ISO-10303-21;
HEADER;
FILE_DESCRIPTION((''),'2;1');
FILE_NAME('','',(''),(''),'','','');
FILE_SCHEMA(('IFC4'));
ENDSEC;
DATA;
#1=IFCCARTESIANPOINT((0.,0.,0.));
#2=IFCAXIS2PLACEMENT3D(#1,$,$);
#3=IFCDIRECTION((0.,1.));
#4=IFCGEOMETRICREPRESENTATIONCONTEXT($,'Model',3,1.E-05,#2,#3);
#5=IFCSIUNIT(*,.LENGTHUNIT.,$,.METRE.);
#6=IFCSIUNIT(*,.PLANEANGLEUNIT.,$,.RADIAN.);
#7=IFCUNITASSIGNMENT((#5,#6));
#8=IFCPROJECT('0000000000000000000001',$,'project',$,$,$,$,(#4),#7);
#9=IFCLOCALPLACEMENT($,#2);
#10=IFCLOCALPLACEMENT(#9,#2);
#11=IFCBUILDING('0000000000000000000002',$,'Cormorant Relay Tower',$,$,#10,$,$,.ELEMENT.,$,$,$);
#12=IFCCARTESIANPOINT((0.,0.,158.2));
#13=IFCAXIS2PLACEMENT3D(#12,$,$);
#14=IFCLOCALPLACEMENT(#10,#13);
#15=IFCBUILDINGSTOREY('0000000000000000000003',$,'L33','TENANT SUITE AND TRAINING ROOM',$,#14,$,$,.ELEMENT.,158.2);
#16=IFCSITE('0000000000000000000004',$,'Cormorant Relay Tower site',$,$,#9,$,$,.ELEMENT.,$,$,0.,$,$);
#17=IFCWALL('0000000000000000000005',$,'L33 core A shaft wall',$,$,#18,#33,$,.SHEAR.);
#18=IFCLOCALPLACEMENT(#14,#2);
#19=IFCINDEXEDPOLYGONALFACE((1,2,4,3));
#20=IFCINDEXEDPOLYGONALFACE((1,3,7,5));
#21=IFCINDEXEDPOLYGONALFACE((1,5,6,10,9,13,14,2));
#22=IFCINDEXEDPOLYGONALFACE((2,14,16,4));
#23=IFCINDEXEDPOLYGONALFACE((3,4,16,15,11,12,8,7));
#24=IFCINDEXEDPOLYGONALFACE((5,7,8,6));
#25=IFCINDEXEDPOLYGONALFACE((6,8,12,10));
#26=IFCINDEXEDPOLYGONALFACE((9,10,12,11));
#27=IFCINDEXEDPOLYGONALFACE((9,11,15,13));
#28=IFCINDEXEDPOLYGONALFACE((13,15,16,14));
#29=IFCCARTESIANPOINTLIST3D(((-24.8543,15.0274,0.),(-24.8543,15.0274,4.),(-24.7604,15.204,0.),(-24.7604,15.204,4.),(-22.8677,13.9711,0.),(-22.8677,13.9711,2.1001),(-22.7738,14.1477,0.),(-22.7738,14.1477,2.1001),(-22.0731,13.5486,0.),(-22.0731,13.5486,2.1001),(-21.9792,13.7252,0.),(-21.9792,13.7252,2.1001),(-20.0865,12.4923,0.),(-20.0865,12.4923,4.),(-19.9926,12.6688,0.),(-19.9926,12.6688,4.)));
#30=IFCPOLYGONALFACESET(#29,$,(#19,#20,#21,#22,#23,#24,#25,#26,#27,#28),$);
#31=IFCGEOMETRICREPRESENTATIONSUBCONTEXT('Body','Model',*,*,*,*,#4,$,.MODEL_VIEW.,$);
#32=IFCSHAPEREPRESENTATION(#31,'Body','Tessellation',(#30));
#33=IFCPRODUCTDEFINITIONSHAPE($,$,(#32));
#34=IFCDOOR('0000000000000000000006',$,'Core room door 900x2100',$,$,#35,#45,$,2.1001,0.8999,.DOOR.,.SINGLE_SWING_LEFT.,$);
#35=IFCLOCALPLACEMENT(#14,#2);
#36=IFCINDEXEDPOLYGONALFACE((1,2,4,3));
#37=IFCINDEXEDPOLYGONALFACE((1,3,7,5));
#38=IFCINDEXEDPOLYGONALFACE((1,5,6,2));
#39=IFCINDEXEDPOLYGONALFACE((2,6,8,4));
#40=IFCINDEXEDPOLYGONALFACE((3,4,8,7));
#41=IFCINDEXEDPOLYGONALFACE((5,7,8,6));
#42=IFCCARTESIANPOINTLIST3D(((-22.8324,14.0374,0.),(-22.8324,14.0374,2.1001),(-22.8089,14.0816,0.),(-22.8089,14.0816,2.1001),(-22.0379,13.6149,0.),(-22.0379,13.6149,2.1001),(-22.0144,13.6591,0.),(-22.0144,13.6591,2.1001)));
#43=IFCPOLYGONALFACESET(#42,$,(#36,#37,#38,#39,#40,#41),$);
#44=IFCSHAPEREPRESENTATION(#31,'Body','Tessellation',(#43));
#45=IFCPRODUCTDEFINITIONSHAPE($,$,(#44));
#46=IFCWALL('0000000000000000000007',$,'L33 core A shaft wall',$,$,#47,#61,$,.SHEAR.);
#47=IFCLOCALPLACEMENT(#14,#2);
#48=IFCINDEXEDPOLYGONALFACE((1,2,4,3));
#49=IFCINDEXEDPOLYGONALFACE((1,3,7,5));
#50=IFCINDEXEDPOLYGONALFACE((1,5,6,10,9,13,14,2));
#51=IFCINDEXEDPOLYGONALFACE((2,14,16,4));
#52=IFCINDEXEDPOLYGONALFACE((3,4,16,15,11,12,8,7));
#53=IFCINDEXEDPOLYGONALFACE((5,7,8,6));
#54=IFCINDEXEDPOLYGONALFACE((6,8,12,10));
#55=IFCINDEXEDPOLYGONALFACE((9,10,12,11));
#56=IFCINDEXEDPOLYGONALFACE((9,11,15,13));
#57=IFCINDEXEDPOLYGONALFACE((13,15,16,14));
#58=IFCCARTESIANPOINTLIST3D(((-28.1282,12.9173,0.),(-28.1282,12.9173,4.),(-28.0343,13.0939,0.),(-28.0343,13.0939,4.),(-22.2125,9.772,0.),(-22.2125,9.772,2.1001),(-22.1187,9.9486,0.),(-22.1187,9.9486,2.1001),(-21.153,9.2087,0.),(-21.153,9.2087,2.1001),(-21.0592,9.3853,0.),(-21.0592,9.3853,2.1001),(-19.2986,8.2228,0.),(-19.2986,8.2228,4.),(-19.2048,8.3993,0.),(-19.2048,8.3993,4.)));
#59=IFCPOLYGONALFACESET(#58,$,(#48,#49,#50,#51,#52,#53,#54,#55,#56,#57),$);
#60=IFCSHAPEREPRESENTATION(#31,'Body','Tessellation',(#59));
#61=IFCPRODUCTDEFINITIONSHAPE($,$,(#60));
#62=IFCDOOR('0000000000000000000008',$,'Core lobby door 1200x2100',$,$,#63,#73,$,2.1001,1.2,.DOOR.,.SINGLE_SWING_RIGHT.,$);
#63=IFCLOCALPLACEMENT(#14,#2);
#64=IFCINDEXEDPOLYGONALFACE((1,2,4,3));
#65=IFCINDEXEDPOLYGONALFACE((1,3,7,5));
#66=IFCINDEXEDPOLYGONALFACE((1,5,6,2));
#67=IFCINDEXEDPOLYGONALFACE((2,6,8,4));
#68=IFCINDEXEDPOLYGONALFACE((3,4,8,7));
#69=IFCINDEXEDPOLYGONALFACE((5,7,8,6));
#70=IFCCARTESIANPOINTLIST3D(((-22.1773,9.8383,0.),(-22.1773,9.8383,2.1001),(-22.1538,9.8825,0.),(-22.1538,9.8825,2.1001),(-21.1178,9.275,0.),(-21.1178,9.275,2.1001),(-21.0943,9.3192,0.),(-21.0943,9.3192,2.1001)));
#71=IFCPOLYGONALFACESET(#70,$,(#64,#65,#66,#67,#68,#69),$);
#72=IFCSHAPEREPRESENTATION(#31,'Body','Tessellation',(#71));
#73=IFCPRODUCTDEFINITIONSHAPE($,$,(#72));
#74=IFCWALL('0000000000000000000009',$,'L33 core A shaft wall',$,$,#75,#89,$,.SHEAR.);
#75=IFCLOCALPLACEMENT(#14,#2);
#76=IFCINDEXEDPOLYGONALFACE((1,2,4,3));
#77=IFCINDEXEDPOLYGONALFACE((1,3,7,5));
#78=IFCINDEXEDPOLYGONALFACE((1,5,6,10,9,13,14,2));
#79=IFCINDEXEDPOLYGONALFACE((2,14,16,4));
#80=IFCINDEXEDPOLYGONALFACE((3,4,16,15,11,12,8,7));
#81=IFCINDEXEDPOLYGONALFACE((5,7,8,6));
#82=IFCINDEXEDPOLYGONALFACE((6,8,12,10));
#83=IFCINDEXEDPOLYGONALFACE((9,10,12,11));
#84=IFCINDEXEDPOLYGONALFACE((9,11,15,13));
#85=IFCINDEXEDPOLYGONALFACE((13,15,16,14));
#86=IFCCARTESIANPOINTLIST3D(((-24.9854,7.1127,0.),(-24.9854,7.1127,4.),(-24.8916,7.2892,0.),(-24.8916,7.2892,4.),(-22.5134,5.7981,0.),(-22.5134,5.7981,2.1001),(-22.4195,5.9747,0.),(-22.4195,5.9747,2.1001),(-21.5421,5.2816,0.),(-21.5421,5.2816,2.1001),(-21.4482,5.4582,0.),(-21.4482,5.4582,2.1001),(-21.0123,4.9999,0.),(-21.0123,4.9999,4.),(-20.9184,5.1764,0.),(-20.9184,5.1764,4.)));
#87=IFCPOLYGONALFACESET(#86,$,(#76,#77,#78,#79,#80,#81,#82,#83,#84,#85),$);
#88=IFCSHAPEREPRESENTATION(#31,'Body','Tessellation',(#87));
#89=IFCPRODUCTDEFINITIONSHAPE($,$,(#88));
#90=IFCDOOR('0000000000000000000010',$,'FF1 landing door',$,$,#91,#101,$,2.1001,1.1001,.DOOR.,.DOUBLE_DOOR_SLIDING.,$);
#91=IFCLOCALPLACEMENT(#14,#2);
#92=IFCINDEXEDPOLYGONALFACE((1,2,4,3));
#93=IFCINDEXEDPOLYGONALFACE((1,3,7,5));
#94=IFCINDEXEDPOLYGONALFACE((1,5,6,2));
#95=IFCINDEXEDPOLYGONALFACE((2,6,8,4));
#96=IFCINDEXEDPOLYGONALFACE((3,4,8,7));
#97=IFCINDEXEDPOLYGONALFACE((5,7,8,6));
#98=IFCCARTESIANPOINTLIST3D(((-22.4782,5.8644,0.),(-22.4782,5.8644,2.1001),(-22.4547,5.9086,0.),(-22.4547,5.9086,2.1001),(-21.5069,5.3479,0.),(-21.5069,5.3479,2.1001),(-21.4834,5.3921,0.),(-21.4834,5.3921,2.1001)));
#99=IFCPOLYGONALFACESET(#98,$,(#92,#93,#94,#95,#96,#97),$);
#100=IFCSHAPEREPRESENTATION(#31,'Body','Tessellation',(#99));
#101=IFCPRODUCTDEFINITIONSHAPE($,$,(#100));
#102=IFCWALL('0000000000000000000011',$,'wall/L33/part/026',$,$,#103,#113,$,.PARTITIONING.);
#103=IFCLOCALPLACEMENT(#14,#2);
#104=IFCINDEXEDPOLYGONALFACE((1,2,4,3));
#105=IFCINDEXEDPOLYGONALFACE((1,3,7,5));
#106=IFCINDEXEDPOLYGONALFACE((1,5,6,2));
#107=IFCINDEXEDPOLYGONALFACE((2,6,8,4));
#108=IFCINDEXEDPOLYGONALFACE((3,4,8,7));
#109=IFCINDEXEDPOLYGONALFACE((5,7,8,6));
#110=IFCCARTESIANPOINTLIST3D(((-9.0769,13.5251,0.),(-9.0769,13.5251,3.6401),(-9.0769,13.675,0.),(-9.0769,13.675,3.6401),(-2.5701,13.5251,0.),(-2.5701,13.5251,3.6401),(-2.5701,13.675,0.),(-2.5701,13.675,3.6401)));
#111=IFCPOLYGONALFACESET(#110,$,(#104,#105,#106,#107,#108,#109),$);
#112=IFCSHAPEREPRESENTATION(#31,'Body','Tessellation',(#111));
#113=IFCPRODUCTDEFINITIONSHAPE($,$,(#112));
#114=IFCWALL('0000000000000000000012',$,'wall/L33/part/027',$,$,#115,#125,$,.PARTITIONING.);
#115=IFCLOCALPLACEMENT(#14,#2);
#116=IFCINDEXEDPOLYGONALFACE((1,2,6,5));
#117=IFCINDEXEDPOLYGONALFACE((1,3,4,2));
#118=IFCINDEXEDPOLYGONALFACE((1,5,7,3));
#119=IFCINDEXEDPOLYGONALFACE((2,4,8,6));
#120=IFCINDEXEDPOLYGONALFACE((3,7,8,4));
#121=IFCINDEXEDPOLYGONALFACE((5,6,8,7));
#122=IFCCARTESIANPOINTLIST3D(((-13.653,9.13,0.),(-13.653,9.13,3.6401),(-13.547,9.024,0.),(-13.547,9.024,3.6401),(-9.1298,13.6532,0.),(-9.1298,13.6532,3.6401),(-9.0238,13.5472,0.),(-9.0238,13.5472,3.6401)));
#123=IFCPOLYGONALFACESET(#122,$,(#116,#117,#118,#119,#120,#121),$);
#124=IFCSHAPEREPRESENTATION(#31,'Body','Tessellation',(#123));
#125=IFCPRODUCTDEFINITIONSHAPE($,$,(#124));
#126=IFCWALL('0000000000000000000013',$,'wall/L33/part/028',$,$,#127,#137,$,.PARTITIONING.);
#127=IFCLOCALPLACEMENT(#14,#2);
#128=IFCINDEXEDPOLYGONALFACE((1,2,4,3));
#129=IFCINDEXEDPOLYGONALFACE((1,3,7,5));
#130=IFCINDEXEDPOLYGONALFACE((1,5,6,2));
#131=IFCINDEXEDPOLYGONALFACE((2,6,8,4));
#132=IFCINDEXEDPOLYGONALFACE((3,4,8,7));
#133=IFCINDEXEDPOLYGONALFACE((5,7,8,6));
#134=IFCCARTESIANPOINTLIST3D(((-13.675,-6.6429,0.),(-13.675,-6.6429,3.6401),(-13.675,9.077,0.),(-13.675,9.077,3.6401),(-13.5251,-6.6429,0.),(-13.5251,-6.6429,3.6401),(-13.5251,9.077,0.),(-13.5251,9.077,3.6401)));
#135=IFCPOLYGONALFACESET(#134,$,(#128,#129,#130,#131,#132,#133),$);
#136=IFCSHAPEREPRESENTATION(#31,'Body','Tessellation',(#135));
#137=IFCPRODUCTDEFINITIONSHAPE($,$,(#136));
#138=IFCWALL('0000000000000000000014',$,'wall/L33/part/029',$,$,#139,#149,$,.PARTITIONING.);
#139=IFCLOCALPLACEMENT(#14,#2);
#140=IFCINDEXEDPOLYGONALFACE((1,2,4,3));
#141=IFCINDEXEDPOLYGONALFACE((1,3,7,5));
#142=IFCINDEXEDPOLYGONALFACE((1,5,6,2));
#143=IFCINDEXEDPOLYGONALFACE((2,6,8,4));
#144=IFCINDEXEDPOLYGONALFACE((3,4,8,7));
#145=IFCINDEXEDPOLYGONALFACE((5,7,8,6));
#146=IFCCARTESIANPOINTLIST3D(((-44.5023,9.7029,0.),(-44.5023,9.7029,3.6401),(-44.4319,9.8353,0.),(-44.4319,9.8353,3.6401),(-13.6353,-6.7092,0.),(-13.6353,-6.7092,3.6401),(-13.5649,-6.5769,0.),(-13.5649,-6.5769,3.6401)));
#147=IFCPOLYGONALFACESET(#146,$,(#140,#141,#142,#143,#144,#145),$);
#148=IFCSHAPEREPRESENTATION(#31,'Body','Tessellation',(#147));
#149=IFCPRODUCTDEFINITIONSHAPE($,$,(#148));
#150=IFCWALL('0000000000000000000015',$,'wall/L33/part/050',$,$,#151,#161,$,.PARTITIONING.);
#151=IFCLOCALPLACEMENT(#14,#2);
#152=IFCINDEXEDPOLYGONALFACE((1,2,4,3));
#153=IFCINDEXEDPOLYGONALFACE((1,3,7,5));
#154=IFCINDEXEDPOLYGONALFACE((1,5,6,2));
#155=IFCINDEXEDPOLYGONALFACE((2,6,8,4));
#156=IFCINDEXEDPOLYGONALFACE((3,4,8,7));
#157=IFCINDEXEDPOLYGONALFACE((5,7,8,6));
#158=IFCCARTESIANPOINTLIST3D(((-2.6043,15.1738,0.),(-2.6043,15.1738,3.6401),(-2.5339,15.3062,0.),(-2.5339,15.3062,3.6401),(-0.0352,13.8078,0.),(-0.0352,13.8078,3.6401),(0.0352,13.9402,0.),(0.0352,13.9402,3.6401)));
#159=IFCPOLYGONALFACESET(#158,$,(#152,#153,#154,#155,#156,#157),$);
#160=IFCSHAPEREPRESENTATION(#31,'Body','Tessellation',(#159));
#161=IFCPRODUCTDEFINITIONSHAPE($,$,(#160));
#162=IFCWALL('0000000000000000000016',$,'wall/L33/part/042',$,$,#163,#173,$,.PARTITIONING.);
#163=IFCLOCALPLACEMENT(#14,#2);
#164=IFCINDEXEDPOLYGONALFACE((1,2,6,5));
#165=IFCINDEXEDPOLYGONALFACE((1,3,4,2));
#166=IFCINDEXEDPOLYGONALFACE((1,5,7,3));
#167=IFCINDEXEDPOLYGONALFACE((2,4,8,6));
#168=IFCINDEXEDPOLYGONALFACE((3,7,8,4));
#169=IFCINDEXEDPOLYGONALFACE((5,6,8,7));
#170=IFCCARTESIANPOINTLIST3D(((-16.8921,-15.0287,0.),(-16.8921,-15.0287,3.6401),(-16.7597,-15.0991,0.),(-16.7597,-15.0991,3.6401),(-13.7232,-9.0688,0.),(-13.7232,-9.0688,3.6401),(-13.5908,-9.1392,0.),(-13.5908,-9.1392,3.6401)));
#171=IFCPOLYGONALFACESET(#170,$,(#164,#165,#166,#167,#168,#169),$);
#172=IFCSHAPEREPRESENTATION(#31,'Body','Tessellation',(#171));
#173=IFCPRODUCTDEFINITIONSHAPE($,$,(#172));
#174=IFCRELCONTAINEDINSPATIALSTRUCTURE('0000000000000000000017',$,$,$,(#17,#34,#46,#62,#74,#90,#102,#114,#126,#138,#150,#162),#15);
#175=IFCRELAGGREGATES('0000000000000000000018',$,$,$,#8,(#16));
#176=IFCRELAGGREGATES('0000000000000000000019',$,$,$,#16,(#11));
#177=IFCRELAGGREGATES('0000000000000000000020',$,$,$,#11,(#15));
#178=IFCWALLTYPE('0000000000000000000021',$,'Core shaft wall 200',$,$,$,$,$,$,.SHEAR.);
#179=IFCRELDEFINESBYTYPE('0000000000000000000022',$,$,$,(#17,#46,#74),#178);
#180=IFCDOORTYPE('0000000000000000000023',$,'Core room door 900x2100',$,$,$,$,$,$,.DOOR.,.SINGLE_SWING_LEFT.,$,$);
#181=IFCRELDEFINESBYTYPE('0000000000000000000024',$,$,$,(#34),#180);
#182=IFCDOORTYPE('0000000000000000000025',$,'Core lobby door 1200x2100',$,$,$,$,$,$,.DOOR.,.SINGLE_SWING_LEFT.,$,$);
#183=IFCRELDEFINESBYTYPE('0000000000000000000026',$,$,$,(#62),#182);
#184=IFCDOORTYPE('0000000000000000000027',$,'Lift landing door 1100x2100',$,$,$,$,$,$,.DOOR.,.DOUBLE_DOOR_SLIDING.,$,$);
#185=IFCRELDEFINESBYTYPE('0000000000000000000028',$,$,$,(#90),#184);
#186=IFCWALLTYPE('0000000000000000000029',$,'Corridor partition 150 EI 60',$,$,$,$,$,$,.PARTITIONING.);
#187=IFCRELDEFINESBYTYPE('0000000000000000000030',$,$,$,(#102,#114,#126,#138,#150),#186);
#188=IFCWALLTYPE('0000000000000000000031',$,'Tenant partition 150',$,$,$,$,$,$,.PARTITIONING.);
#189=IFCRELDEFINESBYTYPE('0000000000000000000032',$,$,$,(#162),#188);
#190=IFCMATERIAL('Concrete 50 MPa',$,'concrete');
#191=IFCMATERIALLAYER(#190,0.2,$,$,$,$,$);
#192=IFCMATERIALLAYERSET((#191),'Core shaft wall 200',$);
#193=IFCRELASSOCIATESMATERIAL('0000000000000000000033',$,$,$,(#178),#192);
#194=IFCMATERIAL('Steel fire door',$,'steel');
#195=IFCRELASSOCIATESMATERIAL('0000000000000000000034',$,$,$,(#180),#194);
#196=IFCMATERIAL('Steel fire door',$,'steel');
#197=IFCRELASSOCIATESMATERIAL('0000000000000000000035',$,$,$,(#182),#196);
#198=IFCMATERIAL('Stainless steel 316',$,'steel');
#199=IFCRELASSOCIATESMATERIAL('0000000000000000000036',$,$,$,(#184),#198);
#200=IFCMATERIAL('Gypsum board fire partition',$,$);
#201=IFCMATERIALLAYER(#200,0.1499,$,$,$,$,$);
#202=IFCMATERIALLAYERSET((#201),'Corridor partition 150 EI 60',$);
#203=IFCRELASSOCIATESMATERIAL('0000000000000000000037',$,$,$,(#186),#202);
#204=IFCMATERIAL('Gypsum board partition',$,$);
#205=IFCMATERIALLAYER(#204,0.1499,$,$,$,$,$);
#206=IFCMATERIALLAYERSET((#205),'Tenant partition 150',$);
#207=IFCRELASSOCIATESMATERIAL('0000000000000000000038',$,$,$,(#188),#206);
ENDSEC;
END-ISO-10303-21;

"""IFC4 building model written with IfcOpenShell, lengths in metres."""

from ifc_helpers import new_model, si_unit, direction, frame, frame_2d, origin, place, context, subcontext, project, spatial, rectangle, extrude, material, layer, layer_set, type_object, element, fill, save


model = new_model("IFC4")

# Units and contexts
model_context = context("Model", 3, precision=1e-05, world=origin(), true_north=direction((0.0, 1.0)))
body_context = subcontext(model_context, "Body", "Model", "MODEL_VIEW")
ifc_project = project(units=[si_unit("LENGTHUNIT", "METRE"), si_unit("PLANEANGLEUNIT", "RADIAN")], contexts=[model_context])

# Site, building, storey
site_placement = place(None, origin())
site = spatial("IfcSite", under=ifc_project, at=site_placement, Name="Cormorant Relay Tower site", CompositionType="ELEMENT", RefElevation=0.0)
building_placement = place(site_placement, origin())
building = spatial("IfcBuilding", under=site, at=building_placement, Name="Cormorant Relay Tower", CompositionType="ELEMENT")
storey_placement = place(building_placement, frame((0.0, 0.0, 158.2)))
storey = spatial("IfcBuildingStorey", under=building, at=storey_placement, Name="L33", Description="TENANT SUITE AND TRAINING ROOM", CompositionType="ELEMENT", Elevation=158.2)

# Shared definitions
ifc_material_1 = material(Name="Concrete 50 MPa", Category="concrete")
ifc_layer_1 = layer(ifc_material_1, 0.2)
ifc_layer_set_1 = layer_set([ifc_layer_1], Name="Core shaft wall 200")
wall_type_1 = type_object("IfcWallType", Name="Core shaft wall 200", PredefinedType="SHEAR", material=ifc_layer_set_1)

# Walls, openings, doors
wall_1_placement = place(storey_placement, frame((-20.0396, 12.5806, 0.0), z_axis=(0.0, 0.0, 1.0), x_axis=(-0.882943, 0.46948, 0.0)))
wall_1 = element("IfcWall", 1, at=wall_1_placement, inside=storey, type_object=wall_type_1, Name="L33 core A shaft wall", PredefinedType="SHEAR", context=body_context, shape_type="SweptSolid", body=[
    extrude(rectangle(XDim=5.3999, YDim=0.2, at=frame_2d((2.7, 0.0))), origin(), (0.0, 0.0, 1.0), 4.0),
])
opening_1_placement = place(wall_1_placement, frame((2.25, 0.0, 0.0)))
opening_1 = element("IfcOpeningElement", 2, at=opening_1_placement, cuts=wall_1, PredefinedType="OPENING", context=body_context, shape_type="SweptSolid", body=[
    extrude(rectangle(XDim=0.8999, YDim=2.1001, at=frame_2d((0.45, 1.05))), frame((0.0, 0.1099, 0.0), z_axis=(0.0, -1.0, 0.0), x_axis=(1.0, 0.0, 0.0)), (0.0, 0.0, 1.0), 0.22),
])
ifc_material_2 = material(Name="Steel fire door", Category="steel")
door_type_1 = type_object("IfcDoorType", Name="Core room door 900x2100", OperationType="SINGLE_SWING_LEFT", PredefinedType="DOOR", material=ifc_material_2)
door_1_placement = place(opening_1_placement, origin())
door_1 = element("IfcDoor", 3, at=door_1_placement, inside=storey, type_object=door_type_1, Name="Core room door 900x2100", OperationType="SINGLE_SWING_LEFT", OverallHeight=2.1001, OverallWidth=0.8999, PredefinedType="DOOR", context=body_context, shape_type="SweptSolid", body=[
    extrude(rectangle(XDim=0.8999, YDim=2.1001, at=frame_2d((0.45, 1.05))), frame((0.0, 0.0249, 0.0), z_axis=(0.0, -1.0, 0.0), x_axis=(1.0, 0.0, 0.0)), (0.0, 0.0, 1.0), 0.05),
])
fill(opening_1, door_1)
wall_2_placement = place(storey_placement, frame((-19.2517, 8.311, 0.0), z_axis=(0.0, 0.0, 1.0), x_axis=(-0.882956, 0.469456, 0.0)))
wall_2 = element("IfcWall", 4, at=wall_2_placement, inside=storey, type_object=wall_type_1, Name="L33 core A shaft wall", PredefinedType="SHEAR", context=body_context, shape_type="SweptSolid", body=[
    extrude(rectangle(XDim=10.0, YDim=0.2, at=frame_2d((5.0, 0.0))), origin(), (0.0, 0.0, 1.0), 4.0),
])
opening_2_placement = place(wall_2_placement, frame((2.1001, 0.0, 0.0)))
opening_2 = element("IfcOpeningElement", 5, at=opening_2_placement, cuts=wall_2, PredefinedType="OPENING", context=body_context, shape_type="SweptSolid", body=[
    extrude(rectangle(XDim=1.2, YDim=2.1001, at=frame_2d((0.6001, 1.05))), frame((0.0, 0.1099, 0.0), z_axis=(0.0, -1.0, 0.0), x_axis=(1.0, 0.0, 0.0)), (0.0, 0.0, 1.0), 0.22),
])
ifc_material_3 = material(Name="Steel fire door", Category="steel")
door_type_2 = type_object("IfcDoorType", Name="Core lobby door 1200x2100", OperationType="SINGLE_SWING_LEFT", PredefinedType="DOOR", material=ifc_material_3)
door_2_placement = place(opening_2_placement, origin())
door_2 = element("IfcDoor", 6, at=door_2_placement, inside=storey, type_object=door_type_2, Name="Core lobby door 1200x2100", OperationType="SINGLE_SWING_RIGHT", OverallHeight=2.1001, OverallWidth=1.2, PredefinedType="DOOR", context=body_context, shape_type="SweptSolid", body=[
    extrude(rectangle(XDim=1.2, YDim=2.1001, at=frame_2d((0.6001, 1.05))), frame((0.0, 0.0249, 0.0), z_axis=(0.0, -1.0, 0.0), x_axis=(1.0, 0.0, 0.0)), (0.0, 0.0, 1.0), 0.05),
])
fill(opening_2, door_2)
wall_3_placement = place(storey_placement, frame((-20.9653, 5.0881, 0.0), z_axis=(0.0, 0.0, 1.0), x_axis=(-0.882926, 0.469512, 0.0)))
wall_3 = element("IfcWall", 7, at=wall_3_placement, inside=storey, type_object=wall_type_1, Name="L33 core A shaft wall", PredefinedType="SHEAR", context=body_context, shape_type="SweptSolid", body=[
    extrude(rectangle(XDim=4.5, YDim=0.2, at=frame_2d((2.25, 0.0))), origin(), (0.0, 0.0, 1.0), 4.0),
])
opening_3_placement = place(wall_3_placement, frame((0.6001, 0.0, 0.0)))
opening_3 = element("IfcOpeningElement", 8, at=opening_3_placement, cuts=wall_3, PredefinedType="OPENING", context=body_context, shape_type="SweptSolid", body=[
    extrude(rectangle(XDim=1.1001, YDim=2.1001, at=frame_2d((0.55, 1.05))), frame((0.0, 0.1099, 0.0), z_axis=(0.0, -1.0, 0.0), x_axis=(1.0, 0.0, 0.0)), (0.0, 0.0, 1.0), 0.22),
])
ifc_material_4 = material(Name="Stainless steel 316", Category="steel")
door_type_3 = type_object("IfcDoorType", Name="Lift landing door 1100x2100", OperationType="DOUBLE_DOOR_SLIDING", PredefinedType="DOOR", material=ifc_material_4)
door_3_placement = place(opening_3_placement, origin())
door_3 = element("IfcDoor", 9, at=door_3_placement, inside=storey, type_object=door_type_3, Name="FF1 landing door", OperationType="DOUBLE_DOOR_SLIDING", OverallHeight=2.1001, OverallWidth=1.1001, PredefinedType="DOOR", context=body_context, shape_type="SweptSolid", body=[
    extrude(rectangle(XDim=1.1001, YDim=2.1001, at=frame_2d((0.55, 1.05))), frame((0.0, 0.0249, 0.0), z_axis=(0.0, -1.0, 0.0), x_axis=(1.0, 0.0, 0.0)), (0.0, 0.0, 1.0), 0.05),
])
fill(opening_3, door_3)

# Walls
ifc_material_5 = material(Name="Gypsum board fire partition")
ifc_layer_2 = layer(ifc_material_5, 0.1499)
ifc_layer_set_2 = layer_set([ifc_layer_2], Name="Corridor partition 150 EI 60")
wall_type_2 = type_object("IfcWallType", Name="Corridor partition 150 EI 60", PredefinedType="PARTITIONING", material=ifc_layer_set_2)
wall_4_placement = place(storey_placement, frame((-2.5701, 13.6001, 0.0), z_axis=(0.0, 0.0, 1.0), x_axis=(-1.0, 0.0, 0.0)))
element("IfcWall", 10, at=wall_4_placement, inside=storey, type_object=wall_type_2, Name="wall/L33/part/026", PredefinedType="PARTITIONING", context=body_context, shape_type="SweptSolid", body=[
    extrude(rectangle(XDim=6.5068, YDim=0.1499, at=frame_2d((3.2534, 0.0))), origin(), (0.0, 0.0, 1.0), 3.6401),
])
wall_5_placement = place(storey_placement, frame((-9.0769, 13.6001, 0.0), z_axis=(0.0, 0.0, 1.0), x_axis=(-0.707107, -0.707107, 0.0)))
element("IfcWall", 11, at=wall_5_placement, inside=storey, type_object=wall_type_2, Name="wall/L33/part/027", PredefinedType="PARTITIONING", context=body_context, shape_type="SweptSolid", body=[
    extrude(rectangle(XDim=6.3967, YDim=0.1499, at=frame_2d((3.1982, 0.0))), origin(), (0.0, 0.0, 1.0), 3.6401),
])
wall_6_placement = place(storey_placement, frame((-13.6001, 9.0769, 0.0), z_axis=(0.0, 0.0, 1.0), x_axis=(0.0, -1.0, 0.0)))
element("IfcWall", 12, at=wall_6_placement, inside=storey, type_object=wall_type_2, Name="wall/L33/part/028", PredefinedType="PARTITIONING", context=body_context, shape_type="SweptSolid", body=[
    extrude(rectangle(XDim=15.72, YDim=0.1499, at=frame_2d((7.8599, 0.0))), origin(), (0.0, 0.0, 1.0), 3.6401),
])
wall_7_placement = place(storey_placement, frame((-13.6001, -6.6431, 0.0), z_axis=(0.0, 0.0, 1.0), x_axis=(-0.882949, 0.469469, 0.0)))
element("IfcWall", 13, at=wall_7_placement, inside=storey, type_object=wall_type_2, Name="wall/L33/part/029", PredefinedType="PARTITIONING", context=body_context, shape_type="SweptSolid", body=[
    extrude(rectangle(XDim=34.959, YDim=0.1499, at=frame_2d((17.4795, 0.0))), origin(), (0.0, 0.0, 1.0), 3.6401),
])
wall_8_placement = place(storey_placement, frame((-2.5691, 15.24, 0.0), z_axis=(0.0, 0.0, 1.0), x_axis=(0.882954, -0.46946, 0.0)))
element("IfcWall", 14, at=wall_8_placement, inside=storey, type_object=wall_type_2, Name="wall/L33/part/050", PredefinedType="PARTITIONING", context=body_context, shape_type="SweptSolid", body=[
    extrude(rectangle(XDim=2.9097, YDim=0.1499, at=frame_2d((1.4548, 0.0))), origin(), (0.0, 0.0, 1.0), 3.6401),
])
ifc_material_6 = material(Name="Gypsum board partition")
ifc_layer_3 = layer(ifc_material_6, 0.1499)
ifc_layer_set_3 = layer_set([ifc_layer_3], Name="Tenant partition 150")
wall_type_3 = type_object("IfcWallType", Name="Tenant partition 150", PredefinedType="PARTITIONING", material=ifc_layer_set_3)
wall_9_placement = place(storey_placement, frame((-13.657, -9.104, 0.0), z_axis=(0.0, 0.0, 1.0), x_axis=(-0.469469, -0.882949, 0.0)))
element("IfcWall", 15, at=wall_9_placement, inside=storey, type_object=wall_type_3, Name="wall/L33/part/042", PredefinedType="PARTITIONING", context=body_context, shape_type="SweptSolid", body=[
    extrude(rectangle(XDim=6.75, YDim=0.1499, at=frame_2d((3.375, 0.0))), origin(), (0.0, 0.0, 1.0), 3.6401),
])

save(model, "model.ifc")
